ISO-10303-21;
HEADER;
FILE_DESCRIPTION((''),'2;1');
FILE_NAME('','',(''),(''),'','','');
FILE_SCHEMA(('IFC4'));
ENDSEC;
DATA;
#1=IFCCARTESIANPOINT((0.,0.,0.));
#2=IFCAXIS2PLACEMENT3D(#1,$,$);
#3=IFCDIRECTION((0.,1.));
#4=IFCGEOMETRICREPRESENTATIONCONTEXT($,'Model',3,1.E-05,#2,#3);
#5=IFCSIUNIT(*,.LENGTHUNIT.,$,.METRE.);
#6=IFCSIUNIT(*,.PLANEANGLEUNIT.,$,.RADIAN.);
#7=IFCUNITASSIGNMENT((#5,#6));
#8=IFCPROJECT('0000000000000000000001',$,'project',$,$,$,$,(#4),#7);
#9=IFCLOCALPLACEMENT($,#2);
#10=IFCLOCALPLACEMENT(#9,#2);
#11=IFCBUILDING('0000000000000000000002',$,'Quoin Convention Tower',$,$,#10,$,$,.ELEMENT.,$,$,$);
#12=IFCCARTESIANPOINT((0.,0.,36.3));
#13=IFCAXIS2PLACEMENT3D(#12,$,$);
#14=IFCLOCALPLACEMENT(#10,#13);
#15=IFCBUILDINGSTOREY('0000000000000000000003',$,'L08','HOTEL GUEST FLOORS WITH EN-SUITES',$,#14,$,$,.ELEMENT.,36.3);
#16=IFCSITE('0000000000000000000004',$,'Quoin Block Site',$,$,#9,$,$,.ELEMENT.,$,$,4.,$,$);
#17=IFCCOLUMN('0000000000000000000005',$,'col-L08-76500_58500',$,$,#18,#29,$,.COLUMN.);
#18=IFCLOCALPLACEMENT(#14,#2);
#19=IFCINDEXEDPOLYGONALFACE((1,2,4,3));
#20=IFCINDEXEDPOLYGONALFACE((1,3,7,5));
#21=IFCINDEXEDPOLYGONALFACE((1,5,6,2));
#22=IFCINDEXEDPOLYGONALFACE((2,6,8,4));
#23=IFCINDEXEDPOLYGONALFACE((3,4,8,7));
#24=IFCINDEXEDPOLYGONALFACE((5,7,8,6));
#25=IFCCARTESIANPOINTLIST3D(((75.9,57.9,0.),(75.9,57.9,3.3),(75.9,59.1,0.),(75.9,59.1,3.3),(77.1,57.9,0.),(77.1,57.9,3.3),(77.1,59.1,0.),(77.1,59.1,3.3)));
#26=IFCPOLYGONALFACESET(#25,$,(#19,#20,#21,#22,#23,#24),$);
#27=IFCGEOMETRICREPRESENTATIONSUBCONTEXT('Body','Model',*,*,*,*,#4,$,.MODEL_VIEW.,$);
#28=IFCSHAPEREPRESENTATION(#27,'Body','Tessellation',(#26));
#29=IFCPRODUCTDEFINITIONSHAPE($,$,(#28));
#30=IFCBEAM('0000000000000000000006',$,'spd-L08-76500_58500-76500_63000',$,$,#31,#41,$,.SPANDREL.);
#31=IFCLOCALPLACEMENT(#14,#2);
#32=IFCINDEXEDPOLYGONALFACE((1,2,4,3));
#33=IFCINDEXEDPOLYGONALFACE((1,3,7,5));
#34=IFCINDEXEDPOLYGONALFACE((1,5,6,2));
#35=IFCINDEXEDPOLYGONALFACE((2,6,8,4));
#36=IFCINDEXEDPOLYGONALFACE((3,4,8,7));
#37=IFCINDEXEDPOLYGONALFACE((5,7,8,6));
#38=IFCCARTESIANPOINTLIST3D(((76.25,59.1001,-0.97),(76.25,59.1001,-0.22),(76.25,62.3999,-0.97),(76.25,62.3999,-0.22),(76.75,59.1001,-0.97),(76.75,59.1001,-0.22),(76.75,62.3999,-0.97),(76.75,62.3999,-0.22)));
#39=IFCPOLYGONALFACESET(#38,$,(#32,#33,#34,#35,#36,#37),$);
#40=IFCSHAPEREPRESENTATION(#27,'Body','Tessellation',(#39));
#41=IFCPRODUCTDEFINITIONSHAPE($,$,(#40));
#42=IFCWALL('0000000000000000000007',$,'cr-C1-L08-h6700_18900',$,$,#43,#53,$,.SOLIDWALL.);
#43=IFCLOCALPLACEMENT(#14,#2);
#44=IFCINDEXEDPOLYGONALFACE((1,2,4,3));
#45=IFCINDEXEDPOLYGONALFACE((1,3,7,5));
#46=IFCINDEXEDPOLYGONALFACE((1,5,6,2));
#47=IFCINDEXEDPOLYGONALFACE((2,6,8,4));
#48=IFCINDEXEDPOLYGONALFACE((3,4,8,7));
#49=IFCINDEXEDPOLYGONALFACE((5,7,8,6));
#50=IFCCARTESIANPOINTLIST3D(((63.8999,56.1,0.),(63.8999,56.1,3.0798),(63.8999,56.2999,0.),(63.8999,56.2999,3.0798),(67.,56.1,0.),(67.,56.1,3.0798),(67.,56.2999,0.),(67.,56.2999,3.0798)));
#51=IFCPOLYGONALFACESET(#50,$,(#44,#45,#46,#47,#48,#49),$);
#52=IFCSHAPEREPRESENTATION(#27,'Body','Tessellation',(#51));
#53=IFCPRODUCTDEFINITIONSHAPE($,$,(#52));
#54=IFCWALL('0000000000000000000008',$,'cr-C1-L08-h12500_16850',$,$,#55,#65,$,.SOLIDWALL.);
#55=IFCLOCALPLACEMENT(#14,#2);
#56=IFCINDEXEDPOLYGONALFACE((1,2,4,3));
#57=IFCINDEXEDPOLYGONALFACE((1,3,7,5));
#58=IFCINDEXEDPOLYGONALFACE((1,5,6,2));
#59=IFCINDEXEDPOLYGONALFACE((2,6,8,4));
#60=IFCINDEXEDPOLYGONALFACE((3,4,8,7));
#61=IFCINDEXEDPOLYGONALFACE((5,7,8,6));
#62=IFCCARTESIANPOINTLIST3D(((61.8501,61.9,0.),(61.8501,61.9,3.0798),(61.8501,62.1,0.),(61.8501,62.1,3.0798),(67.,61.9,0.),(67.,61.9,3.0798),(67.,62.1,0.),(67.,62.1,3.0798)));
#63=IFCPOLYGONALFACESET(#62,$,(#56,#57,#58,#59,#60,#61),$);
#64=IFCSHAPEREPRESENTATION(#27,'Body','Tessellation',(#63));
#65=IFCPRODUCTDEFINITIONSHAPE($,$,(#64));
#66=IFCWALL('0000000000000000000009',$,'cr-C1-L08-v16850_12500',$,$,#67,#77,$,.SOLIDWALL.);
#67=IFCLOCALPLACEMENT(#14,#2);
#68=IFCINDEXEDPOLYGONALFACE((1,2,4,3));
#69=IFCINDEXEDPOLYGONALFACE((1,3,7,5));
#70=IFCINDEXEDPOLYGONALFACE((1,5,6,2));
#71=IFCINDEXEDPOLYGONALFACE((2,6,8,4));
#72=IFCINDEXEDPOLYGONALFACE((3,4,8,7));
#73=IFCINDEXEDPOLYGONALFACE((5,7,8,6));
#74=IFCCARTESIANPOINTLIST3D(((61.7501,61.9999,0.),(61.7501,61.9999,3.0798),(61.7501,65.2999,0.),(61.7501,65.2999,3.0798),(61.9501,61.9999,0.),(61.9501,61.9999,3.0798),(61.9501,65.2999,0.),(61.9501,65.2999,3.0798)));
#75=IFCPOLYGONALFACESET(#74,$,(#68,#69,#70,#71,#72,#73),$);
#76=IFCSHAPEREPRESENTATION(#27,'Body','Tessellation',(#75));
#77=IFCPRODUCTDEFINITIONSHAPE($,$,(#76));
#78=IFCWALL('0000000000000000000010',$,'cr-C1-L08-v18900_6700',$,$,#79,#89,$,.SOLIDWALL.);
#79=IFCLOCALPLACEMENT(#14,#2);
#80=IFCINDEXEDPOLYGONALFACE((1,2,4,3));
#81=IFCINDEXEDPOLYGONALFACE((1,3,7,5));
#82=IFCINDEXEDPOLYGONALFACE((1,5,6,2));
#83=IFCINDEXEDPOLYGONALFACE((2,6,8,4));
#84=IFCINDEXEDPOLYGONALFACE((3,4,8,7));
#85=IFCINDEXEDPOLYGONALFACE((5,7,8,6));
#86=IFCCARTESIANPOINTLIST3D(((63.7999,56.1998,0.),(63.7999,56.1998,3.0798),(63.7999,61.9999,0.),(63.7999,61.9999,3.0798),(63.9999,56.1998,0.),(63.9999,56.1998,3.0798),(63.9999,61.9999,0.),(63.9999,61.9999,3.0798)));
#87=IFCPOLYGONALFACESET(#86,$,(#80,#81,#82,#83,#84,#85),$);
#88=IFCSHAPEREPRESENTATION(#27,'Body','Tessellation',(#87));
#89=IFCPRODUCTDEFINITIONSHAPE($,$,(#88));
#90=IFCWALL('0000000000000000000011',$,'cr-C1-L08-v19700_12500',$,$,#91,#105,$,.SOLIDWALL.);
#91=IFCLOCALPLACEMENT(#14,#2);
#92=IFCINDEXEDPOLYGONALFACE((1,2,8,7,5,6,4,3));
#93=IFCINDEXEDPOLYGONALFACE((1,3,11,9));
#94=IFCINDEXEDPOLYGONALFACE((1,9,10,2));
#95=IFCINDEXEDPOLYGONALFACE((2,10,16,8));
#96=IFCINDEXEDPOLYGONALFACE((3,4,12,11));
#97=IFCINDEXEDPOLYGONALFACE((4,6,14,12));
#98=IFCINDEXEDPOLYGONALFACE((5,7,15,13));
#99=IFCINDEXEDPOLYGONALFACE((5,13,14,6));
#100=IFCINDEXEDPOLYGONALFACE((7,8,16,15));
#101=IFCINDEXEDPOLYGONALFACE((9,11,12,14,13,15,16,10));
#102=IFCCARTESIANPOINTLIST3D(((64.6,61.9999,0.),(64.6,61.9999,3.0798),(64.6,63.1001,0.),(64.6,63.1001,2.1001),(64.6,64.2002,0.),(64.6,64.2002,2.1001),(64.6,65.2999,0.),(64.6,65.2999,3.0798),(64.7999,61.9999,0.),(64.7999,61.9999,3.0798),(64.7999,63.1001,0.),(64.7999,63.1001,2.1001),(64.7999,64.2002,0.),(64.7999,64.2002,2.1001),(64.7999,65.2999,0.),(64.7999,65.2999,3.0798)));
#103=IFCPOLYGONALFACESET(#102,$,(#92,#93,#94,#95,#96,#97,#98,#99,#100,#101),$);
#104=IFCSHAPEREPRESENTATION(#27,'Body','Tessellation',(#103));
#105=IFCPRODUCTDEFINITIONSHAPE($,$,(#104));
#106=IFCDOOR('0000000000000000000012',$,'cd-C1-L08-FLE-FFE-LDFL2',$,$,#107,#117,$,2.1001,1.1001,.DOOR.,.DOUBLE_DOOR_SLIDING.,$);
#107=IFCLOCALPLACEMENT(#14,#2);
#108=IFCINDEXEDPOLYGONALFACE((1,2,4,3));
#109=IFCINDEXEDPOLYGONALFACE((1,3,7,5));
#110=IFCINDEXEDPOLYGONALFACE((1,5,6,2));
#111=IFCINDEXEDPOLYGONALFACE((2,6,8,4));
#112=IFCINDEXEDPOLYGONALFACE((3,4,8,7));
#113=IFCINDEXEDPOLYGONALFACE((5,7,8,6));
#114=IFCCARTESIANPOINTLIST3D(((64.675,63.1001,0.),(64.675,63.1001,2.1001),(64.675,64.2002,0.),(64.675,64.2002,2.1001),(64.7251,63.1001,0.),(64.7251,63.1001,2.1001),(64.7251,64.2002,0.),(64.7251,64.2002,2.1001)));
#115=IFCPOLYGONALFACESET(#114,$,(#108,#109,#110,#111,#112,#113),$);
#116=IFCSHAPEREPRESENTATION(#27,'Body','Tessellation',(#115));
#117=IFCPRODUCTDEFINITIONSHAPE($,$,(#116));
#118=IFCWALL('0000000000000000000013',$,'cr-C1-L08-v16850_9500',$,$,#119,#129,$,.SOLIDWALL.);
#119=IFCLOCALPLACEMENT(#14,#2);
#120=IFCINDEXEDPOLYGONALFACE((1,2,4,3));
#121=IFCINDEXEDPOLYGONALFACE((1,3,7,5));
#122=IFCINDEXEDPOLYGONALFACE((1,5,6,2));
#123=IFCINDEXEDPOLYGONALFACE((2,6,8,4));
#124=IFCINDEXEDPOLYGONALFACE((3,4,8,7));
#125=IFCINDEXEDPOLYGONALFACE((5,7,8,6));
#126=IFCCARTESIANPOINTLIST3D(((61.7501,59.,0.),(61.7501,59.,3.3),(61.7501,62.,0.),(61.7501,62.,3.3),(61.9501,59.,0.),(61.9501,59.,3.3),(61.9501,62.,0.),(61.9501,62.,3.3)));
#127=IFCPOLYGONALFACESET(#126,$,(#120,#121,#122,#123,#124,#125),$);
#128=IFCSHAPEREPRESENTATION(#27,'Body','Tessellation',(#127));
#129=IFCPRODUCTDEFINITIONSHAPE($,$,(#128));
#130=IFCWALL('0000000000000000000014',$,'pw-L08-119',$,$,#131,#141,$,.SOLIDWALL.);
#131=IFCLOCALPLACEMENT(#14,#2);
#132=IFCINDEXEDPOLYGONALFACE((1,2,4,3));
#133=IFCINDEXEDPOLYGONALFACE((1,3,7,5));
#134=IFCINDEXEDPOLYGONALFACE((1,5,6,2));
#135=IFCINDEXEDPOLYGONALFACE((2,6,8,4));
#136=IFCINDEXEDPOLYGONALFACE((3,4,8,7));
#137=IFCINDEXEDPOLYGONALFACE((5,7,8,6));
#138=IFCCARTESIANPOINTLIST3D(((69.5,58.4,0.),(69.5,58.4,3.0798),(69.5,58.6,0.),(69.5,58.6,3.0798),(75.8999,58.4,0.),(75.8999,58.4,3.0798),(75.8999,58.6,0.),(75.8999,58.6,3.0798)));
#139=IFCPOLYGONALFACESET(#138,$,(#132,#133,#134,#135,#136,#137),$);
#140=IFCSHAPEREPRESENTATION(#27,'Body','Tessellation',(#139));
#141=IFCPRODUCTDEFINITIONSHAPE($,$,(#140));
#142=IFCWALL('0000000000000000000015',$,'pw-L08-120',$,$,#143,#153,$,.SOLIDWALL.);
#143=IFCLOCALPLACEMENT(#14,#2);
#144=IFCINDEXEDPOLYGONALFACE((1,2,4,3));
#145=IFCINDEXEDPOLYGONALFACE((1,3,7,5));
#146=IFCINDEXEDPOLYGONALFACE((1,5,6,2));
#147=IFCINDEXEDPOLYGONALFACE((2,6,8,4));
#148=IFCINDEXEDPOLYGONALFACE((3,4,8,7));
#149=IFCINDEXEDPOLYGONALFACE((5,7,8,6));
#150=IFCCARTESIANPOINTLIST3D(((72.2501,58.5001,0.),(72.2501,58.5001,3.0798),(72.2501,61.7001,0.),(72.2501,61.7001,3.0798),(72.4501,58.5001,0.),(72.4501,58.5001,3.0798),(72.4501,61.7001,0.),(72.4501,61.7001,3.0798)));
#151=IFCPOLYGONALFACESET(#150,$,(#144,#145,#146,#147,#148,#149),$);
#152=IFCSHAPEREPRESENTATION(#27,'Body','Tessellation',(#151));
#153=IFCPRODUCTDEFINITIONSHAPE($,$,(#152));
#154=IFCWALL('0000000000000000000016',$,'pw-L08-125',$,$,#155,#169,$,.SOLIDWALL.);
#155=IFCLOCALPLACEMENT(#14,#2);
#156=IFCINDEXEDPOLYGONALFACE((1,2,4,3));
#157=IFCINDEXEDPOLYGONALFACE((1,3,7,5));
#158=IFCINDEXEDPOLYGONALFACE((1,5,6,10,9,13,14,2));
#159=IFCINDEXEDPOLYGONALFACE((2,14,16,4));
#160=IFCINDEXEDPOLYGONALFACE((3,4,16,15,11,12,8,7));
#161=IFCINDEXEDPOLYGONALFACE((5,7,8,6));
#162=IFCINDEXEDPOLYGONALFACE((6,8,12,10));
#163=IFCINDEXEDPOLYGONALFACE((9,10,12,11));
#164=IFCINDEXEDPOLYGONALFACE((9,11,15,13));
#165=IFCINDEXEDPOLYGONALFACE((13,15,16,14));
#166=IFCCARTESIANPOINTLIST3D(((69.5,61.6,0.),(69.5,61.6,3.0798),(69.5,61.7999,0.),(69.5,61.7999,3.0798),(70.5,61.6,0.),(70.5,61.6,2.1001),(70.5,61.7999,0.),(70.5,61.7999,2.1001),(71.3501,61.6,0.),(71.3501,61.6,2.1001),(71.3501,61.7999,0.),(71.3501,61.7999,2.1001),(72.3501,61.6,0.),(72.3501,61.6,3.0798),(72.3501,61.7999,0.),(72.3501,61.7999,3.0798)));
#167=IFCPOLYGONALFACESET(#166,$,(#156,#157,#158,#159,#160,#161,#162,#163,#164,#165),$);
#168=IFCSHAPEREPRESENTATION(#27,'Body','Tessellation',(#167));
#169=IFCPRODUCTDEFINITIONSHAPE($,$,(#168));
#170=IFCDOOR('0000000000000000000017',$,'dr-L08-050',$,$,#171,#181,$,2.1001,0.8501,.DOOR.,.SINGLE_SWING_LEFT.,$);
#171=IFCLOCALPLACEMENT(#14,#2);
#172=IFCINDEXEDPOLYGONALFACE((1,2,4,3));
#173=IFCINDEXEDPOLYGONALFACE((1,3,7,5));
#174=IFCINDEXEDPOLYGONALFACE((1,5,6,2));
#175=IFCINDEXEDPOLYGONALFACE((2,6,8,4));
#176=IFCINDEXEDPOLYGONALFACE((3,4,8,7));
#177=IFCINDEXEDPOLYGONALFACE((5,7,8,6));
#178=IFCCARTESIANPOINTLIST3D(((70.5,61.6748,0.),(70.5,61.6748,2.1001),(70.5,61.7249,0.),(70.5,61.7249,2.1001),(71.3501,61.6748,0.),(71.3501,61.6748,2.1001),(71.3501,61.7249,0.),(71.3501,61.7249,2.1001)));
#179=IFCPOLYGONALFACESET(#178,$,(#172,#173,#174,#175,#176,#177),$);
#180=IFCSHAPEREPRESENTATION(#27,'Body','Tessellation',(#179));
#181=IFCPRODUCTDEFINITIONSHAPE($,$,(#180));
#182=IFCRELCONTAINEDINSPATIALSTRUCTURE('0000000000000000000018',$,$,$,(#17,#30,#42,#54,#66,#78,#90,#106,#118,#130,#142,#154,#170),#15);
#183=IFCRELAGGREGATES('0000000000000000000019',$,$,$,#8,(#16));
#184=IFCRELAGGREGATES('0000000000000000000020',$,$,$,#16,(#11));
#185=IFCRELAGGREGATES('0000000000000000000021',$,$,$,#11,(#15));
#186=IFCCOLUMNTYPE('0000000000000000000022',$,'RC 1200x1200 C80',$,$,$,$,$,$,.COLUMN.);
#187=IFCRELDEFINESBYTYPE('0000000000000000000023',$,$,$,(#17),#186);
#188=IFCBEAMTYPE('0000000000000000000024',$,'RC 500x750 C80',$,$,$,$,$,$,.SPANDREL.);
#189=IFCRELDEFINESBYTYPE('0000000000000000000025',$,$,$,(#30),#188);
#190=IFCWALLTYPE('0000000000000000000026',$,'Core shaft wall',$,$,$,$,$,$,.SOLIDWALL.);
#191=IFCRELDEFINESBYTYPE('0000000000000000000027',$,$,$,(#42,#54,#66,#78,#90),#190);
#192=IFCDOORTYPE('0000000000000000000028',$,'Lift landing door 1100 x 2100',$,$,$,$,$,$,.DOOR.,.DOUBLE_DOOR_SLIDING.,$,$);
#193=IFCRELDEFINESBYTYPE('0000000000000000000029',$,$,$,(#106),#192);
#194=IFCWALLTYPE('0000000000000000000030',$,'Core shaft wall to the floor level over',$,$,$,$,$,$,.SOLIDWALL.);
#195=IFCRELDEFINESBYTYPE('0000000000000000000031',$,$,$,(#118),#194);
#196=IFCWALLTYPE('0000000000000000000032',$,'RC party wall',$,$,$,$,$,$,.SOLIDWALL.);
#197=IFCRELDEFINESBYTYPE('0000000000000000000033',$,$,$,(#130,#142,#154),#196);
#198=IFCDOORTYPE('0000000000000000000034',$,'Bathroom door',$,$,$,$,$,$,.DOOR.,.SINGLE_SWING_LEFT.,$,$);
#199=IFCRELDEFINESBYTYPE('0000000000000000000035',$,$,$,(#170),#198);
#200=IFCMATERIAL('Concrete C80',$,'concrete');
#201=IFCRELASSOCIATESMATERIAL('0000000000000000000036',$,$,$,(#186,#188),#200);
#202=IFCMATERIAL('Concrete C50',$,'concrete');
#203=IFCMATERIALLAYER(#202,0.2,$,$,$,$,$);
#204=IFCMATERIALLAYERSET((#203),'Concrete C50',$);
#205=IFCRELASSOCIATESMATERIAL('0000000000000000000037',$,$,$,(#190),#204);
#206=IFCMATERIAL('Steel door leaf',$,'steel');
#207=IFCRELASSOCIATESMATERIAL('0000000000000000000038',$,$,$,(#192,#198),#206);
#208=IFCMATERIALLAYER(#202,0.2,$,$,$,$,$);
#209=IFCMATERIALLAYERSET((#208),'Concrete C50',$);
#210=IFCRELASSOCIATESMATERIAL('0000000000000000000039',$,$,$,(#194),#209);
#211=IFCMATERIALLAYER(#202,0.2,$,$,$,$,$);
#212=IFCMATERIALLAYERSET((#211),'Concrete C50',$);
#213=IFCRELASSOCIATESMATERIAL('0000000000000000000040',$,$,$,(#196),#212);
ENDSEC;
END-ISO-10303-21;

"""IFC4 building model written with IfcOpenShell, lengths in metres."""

from ifc_helpers import new_model, si_unit, direction, frame, frame_2d, origin, origin_2d, place, context, subcontext, project, spatial, rectangle, extrude, material, layer, layer_set, material_profile, profile_set, type_object, element, fill, save


model = new_model("IFC4")

# Units and contexts
model_context = context("Model", 3, precision=1e-05, world=origin(), true_north=direction((0.0, 1.0)))
body_context = subcontext(model_context, "Body", "Model", "MODEL_VIEW")
ifc_project = project(units=[si_unit("LENGTHUNIT", "METRE"), si_unit("PLANEANGLEUNIT", "RADIAN")], contexts=[model_context])

# Site, building, storey
site_placement = place(None, origin())
site = spatial("IfcSite", under=ifc_project, at=site_placement, Name="Quoin Block Site", CompositionType="ELEMENT", RefElevation=4.0)
building_placement = place(site_placement, origin())
building = spatial("IfcBuilding", under=site, at=building_placement, Name="Quoin Convention Tower", CompositionType="ELEMENT")
storey_placement = place(building_placement, frame((0.0, 0.0, 36.3)))
storey = spatial("IfcBuildingStorey", under=building, at=storey_placement, Name="L08", Description="HOTEL GUEST FLOORS WITH EN-SUITES", CompositionType="ELEMENT", Elevation=36.3)

# Column
ifc_material_1 = material(Name="Concrete C80", Category="concrete")
ifc_material_profile_1 = material_profile(ifc_material_1, rectangle(XDim=1.2, YDim=1.2, at=origin_2d()), Name="RC 1200x1200")
ifc_profile_set_1 = profile_set([ifc_material_profile_1], Name="Concrete C80")
column_type = type_object("IfcColumnType", Name="RC 1200x1200 C80", PredefinedType="COLUMN", material=ifc_profile_set_1)
column_placement = place(storey_placement, frame((76.5, 58.5, 0.0), z_axis=(0.0, 0.0, 1.0), x_axis=(1.0, 0.0, 0.0)))
element("IfcColumn", 1, at=column_placement, inside=storey, type_object=column_type, Name="col-L08-76500_58500", PredefinedType="COLUMN", context=body_context, shape_type="SweptSolid", body=[
    extrude(rectangle(XDim=1.2, YDim=1.2, at=origin_2d()), origin(), (0.0, 0.0, 1.0), 3.3),
])

# Beam
ifc_material_profile_2 = material_profile(ifc_material_1, rectangle(XDim=0.5, YDim=0.75, at=origin_2d()), Name="RC 500x750")
ifc_profile_set_2 = profile_set([ifc_material_profile_2], Name="Concrete C80")
beam_type = type_object("IfcBeamType", Name="RC 500x750 C80", PredefinedType="SPANDREL", material=ifc_profile_set_2)
beam_placement = place(storey_placement, frame((76.5, 59.1001, -0.595), z_axis=(0.0, 1.0, 0.0), x_axis=(-1.0, 0.0, 0.0)))
element("IfcBeam", 2, at=beam_placement, inside=storey, type_object=beam_type, Name="spd-L08-76500_58500-76500_63000", PredefinedType="SPANDREL", context=body_context, shape_type="SweptSolid", body=[
    extrude(rectangle(XDim=0.5, YDim=0.75, at=origin_2d()), origin(), (0.0, 0.0, 1.0), 3.2998),
])

# Walls
ifc_material_2 = material(Name="Concrete C50", Category="concrete")
ifc_layer_1 = layer(ifc_material_2, 0.2)
ifc_layer_set_1 = layer_set([ifc_layer_1], Name="Concrete C50")
wall_type_1 = type_object("IfcWallType", Name="Core shaft wall", PredefinedType="SOLIDWALL", material=ifc_layer_set_1)
wall_1_placement = place(storey_placement, frame((63.8999, 56.2, 0.0), z_axis=(0.0, 0.0, 1.0), x_axis=(1.0, 0.0, 0.0)))
element("IfcWall", 3, at=wall_1_placement, inside=storey, type_object=wall_type_1, Name="cr-C1-L08-h6700_18900", PredefinedType="SOLIDWALL", context=body_context, shape_type="SweptSolid", body=[
    extrude(rectangle(XDim=3.1001, YDim=0.2, at=frame_2d((1.55, 0.0))), origin(), (0.0, 0.0, 1.0), 3.0798),
])
wall_2_placement = place(storey_placement, frame((61.8501, 62.0, 0.0), z_axis=(0.0, 0.0, 1.0), x_axis=(1.0, 0.0, 0.0)))
element("IfcWall", 4, at=wall_2_placement, inside=storey, type_object=wall_type_1, Name="cr-C1-L08-h12500_16850", PredefinedType="SOLIDWALL", context=body_context, shape_type="SweptSolid", body=[
    extrude(rectangle(XDim=5.1499, YDim=0.2, at=frame_2d((2.575, 0.0))), origin(), (0.0, 0.0, 1.0), 3.0798),
])
wall_3_placement = place(storey_placement, frame((61.8501, 62.0, 0.0), z_axis=(0.0, 0.0, 1.0), x_axis=(0.0, 1.0, 0.0)))
element("IfcWall", 5, at=wall_3_placement, inside=storey, type_object=wall_type_1, Name="cr-C1-L08-v16850_12500", PredefinedType="SOLIDWALL", context=body_context, shape_type="SweptSolid", body=[
    extrude(rectangle(XDim=3.3, YDim=0.2, at=frame_2d((1.6499, 0.0))), origin(), (0.0, 0.0, 1.0), 3.0798),
])
wall_4_placement = place(storey_placement, frame((63.8999, 56.2, 0.0), z_axis=(0.0, 0.0, 1.0), x_axis=(0.0, 1.0, 0.0)))
element("IfcWall", 6, at=wall_4_placement, inside=storey, type_object=wall_type_1, Name="cr-C1-L08-v18900_6700", PredefinedType="SOLIDWALL", context=body_context, shape_type="SweptSolid", body=[
    extrude(rectangle(XDim=5.8, YDim=0.2, at=frame_2d((2.8999, 0.0))), origin(), (0.0, 0.0, 1.0), 3.0798),
])

# Wall, opening, door
wall_5_placement = place(storey_placement, frame((64.7, 62.0, 0.0), z_axis=(0.0, 0.0, 1.0), x_axis=(0.0, 1.0, 0.0)))
wall_5 = element("IfcWall", 7, at=wall_5_placement, inside=storey, type_object=wall_type_1, Name="cr-C1-L08-v19700_12500", PredefinedType="SOLIDWALL", context=body_context, shape_type="SweptSolid", body=[
    extrude(rectangle(XDim=3.3, YDim=0.2, at=frame_2d((1.6499, 0.0))), origin(), (0.0, 0.0, 1.0), 3.0798),
])
opening_1_placement = place(wall_5_placement, frame((1.1001, 0.0, 0.0)))
opening_1 = element("IfcOpeningElement", 8, at=opening_1_placement, cuts=wall_5, PredefinedType="OPENING", context=body_context, shape_type="SweptSolid", body=[
    extrude(rectangle(XDim=1.1001, YDim=2.1001, at=frame_2d((0.55, 1.05))), frame((0.0, 0.1099, 0.0), z_axis=(0.0, -1.0, 0.0), x_axis=(1.0, 0.0, 0.0)), (0.0, 0.0, 1.0), 0.22),
])
ifc_material_3 = material(Name="Steel door leaf", Category="steel")
door_type_1 = type_object("IfcDoorType", Name="Lift landing door 1100 x 2100", OperationType="DOUBLE_DOOR_SLIDING", PredefinedType="DOOR", material=ifc_material_3)
door_1_placement = place(opening_1_placement, origin())
door_1 = element("IfcDoor", 9, at=door_1_placement, inside=storey, type_object=door_type_1, Name="cd-C1-L08-FLE-FFE-LDFL2", OperationType="DOUBLE_DOOR_SLIDING", OverallHeight=2.1001, OverallWidth=1.1001, PredefinedType="DOOR", context=body_context, shape_type="SweptSolid", body=[
    extrude(rectangle(XDim=1.1001, YDim=2.1001, at=frame_2d((0.55, 1.05))), frame((0.0, 0.0249, 0.0), z_axis=(0.0, -1.0, 0.0), x_axis=(1.0, 0.0, 0.0)), (0.0, 0.0, 1.0), 0.05),
])
fill(opening_1, door_1)

# Walls
ifc_layer_2 = layer(ifc_material_2, 0.2)
ifc_layer_set_2 = layer_set([ifc_layer_2], Name="Concrete C50")
wall_type_2 = type_object("IfcWallType", Name="Core shaft wall to the floor level over", PredefinedType="SOLIDWALL", material=ifc_layer_set_2)
wall_6_placement = place(storey_placement, frame((61.8501, 59.0, 0.0), z_axis=(0.0, 0.0, 1.0), x_axis=(0.0, 1.0, 0.0)))
element("IfcWall", 10, at=wall_6_placement, inside=storey, type_object=wall_type_2, Name="cr-C1-L08-v16850_9500", PredefinedType="SOLIDWALL", context=body_context, shape_type="SweptSolid", body=[
    extrude(rectangle(XDim=3.0, YDim=0.2, at=frame_2d((1.5, 0.0))), origin(), (0.0, 0.0, 1.0), 3.3),
])
ifc_layer_3 = layer(ifc_material_2, 0.2)
ifc_layer_set_3 = layer_set([ifc_layer_3], Name="Concrete C50")
wall_type_3 = type_object("IfcWallType", Name="RC party wall", PredefinedType="SOLIDWALL", material=ifc_layer_set_3)
wall_7_placement = place(storey_placement, frame((69.5, 58.5, 0.0), z_axis=(0.0, 0.0, 1.0), x_axis=(1.0, 0.0, 0.0)))
element("IfcWall", 11, at=wall_7_placement, inside=storey, type_object=wall_type_3, Name="pw-L08-119", PredefinedType="SOLIDWALL", context=body_context, shape_type="SweptSolid", body=[
    extrude(rectangle(XDim=6.3999, YDim=0.2, at=frame_2d((3.2, 0.0))), origin(), (0.0, 0.0, 1.0), 3.0798),
])
wall_8_placement = place(storey_placement, frame((72.3501, 58.5, 0.0), z_axis=(0.0, 0.0, 1.0), x_axis=(0.0, 1.0, 0.0)))
element("IfcWall", 12, at=wall_8_placement, inside=storey, type_object=wall_type_3, Name="pw-L08-120", PredefinedType="SOLIDWALL", context=body_context, shape_type="SweptSolid", body=[
    extrude(rectangle(XDim=3.2, YDim=0.2, at=frame_2d((1.6001, 0.0))), origin(), (0.0, 0.0, 1.0), 3.0798),
])

# Wall, opening, door
wall_9_placement = place(storey_placement, frame((69.5, 61.7, 0.0), z_axis=(0.0, 0.0, 1.0), x_axis=(1.0, 0.0, 0.0)))
wall_9 = element("IfcWall", 13, at=wall_9_placement, inside=storey, type_object=wall_type_3, Name="pw-L08-125", PredefinedType="SOLIDWALL", context=body_context, shape_type="SweptSolid", body=[
    extrude(rectangle(XDim=2.8501, YDim=0.2, at=frame_2d((1.425, 0.0))), origin(), (0.0, 0.0, 1.0), 3.0798),
])
opening_2_placement = place(wall_9_placement, frame((1.0, 0.0, 0.0)))
opening_2 = element("IfcOpeningElement", 14, at=opening_2_placement, cuts=wall_9, PredefinedType="OPENING", context=body_context, shape_type="SweptSolid", body=[
    extrude(rectangle(XDim=0.8501, YDim=2.1001, at=frame_2d((0.425, 1.05))), frame((0.0, 0.1099, 0.0), z_axis=(0.0, -1.0, 0.0), x_axis=(1.0, 0.0, 0.0)), (0.0, 0.0, 1.0), 0.22),
])
door_type_2 = type_object("IfcDoorType", Name="Bathroom door", OperationType="SINGLE_SWING_LEFT", PredefinedType="DOOR", material=ifc_material_3)
door_2_placement = place(opening_2_placement, origin())
door_2 = element("IfcDoor", 15, at=door_2_placement, inside=storey, type_object=door_type_2, Name="dr-L08-050", OperationType="SINGLE_SWING_LEFT", OverallHeight=2.1001, OverallWidth=0.8501, PredefinedType="DOOR", context=body_context, shape_type="SweptSolid", body=[
    extrude(rectangle(XDim=0.8501, YDim=2.1001, at=frame_2d((0.425, 1.05))), frame((0.0, 0.0249, 0.0), z_axis=(0.0, -1.0, 0.0), x_axis=(1.0, 0.0, 0.0)), (0.0, 0.0, 1.0), 0.05),
])
fill(opening_2, door_2)

save(model, "model.ifc")
